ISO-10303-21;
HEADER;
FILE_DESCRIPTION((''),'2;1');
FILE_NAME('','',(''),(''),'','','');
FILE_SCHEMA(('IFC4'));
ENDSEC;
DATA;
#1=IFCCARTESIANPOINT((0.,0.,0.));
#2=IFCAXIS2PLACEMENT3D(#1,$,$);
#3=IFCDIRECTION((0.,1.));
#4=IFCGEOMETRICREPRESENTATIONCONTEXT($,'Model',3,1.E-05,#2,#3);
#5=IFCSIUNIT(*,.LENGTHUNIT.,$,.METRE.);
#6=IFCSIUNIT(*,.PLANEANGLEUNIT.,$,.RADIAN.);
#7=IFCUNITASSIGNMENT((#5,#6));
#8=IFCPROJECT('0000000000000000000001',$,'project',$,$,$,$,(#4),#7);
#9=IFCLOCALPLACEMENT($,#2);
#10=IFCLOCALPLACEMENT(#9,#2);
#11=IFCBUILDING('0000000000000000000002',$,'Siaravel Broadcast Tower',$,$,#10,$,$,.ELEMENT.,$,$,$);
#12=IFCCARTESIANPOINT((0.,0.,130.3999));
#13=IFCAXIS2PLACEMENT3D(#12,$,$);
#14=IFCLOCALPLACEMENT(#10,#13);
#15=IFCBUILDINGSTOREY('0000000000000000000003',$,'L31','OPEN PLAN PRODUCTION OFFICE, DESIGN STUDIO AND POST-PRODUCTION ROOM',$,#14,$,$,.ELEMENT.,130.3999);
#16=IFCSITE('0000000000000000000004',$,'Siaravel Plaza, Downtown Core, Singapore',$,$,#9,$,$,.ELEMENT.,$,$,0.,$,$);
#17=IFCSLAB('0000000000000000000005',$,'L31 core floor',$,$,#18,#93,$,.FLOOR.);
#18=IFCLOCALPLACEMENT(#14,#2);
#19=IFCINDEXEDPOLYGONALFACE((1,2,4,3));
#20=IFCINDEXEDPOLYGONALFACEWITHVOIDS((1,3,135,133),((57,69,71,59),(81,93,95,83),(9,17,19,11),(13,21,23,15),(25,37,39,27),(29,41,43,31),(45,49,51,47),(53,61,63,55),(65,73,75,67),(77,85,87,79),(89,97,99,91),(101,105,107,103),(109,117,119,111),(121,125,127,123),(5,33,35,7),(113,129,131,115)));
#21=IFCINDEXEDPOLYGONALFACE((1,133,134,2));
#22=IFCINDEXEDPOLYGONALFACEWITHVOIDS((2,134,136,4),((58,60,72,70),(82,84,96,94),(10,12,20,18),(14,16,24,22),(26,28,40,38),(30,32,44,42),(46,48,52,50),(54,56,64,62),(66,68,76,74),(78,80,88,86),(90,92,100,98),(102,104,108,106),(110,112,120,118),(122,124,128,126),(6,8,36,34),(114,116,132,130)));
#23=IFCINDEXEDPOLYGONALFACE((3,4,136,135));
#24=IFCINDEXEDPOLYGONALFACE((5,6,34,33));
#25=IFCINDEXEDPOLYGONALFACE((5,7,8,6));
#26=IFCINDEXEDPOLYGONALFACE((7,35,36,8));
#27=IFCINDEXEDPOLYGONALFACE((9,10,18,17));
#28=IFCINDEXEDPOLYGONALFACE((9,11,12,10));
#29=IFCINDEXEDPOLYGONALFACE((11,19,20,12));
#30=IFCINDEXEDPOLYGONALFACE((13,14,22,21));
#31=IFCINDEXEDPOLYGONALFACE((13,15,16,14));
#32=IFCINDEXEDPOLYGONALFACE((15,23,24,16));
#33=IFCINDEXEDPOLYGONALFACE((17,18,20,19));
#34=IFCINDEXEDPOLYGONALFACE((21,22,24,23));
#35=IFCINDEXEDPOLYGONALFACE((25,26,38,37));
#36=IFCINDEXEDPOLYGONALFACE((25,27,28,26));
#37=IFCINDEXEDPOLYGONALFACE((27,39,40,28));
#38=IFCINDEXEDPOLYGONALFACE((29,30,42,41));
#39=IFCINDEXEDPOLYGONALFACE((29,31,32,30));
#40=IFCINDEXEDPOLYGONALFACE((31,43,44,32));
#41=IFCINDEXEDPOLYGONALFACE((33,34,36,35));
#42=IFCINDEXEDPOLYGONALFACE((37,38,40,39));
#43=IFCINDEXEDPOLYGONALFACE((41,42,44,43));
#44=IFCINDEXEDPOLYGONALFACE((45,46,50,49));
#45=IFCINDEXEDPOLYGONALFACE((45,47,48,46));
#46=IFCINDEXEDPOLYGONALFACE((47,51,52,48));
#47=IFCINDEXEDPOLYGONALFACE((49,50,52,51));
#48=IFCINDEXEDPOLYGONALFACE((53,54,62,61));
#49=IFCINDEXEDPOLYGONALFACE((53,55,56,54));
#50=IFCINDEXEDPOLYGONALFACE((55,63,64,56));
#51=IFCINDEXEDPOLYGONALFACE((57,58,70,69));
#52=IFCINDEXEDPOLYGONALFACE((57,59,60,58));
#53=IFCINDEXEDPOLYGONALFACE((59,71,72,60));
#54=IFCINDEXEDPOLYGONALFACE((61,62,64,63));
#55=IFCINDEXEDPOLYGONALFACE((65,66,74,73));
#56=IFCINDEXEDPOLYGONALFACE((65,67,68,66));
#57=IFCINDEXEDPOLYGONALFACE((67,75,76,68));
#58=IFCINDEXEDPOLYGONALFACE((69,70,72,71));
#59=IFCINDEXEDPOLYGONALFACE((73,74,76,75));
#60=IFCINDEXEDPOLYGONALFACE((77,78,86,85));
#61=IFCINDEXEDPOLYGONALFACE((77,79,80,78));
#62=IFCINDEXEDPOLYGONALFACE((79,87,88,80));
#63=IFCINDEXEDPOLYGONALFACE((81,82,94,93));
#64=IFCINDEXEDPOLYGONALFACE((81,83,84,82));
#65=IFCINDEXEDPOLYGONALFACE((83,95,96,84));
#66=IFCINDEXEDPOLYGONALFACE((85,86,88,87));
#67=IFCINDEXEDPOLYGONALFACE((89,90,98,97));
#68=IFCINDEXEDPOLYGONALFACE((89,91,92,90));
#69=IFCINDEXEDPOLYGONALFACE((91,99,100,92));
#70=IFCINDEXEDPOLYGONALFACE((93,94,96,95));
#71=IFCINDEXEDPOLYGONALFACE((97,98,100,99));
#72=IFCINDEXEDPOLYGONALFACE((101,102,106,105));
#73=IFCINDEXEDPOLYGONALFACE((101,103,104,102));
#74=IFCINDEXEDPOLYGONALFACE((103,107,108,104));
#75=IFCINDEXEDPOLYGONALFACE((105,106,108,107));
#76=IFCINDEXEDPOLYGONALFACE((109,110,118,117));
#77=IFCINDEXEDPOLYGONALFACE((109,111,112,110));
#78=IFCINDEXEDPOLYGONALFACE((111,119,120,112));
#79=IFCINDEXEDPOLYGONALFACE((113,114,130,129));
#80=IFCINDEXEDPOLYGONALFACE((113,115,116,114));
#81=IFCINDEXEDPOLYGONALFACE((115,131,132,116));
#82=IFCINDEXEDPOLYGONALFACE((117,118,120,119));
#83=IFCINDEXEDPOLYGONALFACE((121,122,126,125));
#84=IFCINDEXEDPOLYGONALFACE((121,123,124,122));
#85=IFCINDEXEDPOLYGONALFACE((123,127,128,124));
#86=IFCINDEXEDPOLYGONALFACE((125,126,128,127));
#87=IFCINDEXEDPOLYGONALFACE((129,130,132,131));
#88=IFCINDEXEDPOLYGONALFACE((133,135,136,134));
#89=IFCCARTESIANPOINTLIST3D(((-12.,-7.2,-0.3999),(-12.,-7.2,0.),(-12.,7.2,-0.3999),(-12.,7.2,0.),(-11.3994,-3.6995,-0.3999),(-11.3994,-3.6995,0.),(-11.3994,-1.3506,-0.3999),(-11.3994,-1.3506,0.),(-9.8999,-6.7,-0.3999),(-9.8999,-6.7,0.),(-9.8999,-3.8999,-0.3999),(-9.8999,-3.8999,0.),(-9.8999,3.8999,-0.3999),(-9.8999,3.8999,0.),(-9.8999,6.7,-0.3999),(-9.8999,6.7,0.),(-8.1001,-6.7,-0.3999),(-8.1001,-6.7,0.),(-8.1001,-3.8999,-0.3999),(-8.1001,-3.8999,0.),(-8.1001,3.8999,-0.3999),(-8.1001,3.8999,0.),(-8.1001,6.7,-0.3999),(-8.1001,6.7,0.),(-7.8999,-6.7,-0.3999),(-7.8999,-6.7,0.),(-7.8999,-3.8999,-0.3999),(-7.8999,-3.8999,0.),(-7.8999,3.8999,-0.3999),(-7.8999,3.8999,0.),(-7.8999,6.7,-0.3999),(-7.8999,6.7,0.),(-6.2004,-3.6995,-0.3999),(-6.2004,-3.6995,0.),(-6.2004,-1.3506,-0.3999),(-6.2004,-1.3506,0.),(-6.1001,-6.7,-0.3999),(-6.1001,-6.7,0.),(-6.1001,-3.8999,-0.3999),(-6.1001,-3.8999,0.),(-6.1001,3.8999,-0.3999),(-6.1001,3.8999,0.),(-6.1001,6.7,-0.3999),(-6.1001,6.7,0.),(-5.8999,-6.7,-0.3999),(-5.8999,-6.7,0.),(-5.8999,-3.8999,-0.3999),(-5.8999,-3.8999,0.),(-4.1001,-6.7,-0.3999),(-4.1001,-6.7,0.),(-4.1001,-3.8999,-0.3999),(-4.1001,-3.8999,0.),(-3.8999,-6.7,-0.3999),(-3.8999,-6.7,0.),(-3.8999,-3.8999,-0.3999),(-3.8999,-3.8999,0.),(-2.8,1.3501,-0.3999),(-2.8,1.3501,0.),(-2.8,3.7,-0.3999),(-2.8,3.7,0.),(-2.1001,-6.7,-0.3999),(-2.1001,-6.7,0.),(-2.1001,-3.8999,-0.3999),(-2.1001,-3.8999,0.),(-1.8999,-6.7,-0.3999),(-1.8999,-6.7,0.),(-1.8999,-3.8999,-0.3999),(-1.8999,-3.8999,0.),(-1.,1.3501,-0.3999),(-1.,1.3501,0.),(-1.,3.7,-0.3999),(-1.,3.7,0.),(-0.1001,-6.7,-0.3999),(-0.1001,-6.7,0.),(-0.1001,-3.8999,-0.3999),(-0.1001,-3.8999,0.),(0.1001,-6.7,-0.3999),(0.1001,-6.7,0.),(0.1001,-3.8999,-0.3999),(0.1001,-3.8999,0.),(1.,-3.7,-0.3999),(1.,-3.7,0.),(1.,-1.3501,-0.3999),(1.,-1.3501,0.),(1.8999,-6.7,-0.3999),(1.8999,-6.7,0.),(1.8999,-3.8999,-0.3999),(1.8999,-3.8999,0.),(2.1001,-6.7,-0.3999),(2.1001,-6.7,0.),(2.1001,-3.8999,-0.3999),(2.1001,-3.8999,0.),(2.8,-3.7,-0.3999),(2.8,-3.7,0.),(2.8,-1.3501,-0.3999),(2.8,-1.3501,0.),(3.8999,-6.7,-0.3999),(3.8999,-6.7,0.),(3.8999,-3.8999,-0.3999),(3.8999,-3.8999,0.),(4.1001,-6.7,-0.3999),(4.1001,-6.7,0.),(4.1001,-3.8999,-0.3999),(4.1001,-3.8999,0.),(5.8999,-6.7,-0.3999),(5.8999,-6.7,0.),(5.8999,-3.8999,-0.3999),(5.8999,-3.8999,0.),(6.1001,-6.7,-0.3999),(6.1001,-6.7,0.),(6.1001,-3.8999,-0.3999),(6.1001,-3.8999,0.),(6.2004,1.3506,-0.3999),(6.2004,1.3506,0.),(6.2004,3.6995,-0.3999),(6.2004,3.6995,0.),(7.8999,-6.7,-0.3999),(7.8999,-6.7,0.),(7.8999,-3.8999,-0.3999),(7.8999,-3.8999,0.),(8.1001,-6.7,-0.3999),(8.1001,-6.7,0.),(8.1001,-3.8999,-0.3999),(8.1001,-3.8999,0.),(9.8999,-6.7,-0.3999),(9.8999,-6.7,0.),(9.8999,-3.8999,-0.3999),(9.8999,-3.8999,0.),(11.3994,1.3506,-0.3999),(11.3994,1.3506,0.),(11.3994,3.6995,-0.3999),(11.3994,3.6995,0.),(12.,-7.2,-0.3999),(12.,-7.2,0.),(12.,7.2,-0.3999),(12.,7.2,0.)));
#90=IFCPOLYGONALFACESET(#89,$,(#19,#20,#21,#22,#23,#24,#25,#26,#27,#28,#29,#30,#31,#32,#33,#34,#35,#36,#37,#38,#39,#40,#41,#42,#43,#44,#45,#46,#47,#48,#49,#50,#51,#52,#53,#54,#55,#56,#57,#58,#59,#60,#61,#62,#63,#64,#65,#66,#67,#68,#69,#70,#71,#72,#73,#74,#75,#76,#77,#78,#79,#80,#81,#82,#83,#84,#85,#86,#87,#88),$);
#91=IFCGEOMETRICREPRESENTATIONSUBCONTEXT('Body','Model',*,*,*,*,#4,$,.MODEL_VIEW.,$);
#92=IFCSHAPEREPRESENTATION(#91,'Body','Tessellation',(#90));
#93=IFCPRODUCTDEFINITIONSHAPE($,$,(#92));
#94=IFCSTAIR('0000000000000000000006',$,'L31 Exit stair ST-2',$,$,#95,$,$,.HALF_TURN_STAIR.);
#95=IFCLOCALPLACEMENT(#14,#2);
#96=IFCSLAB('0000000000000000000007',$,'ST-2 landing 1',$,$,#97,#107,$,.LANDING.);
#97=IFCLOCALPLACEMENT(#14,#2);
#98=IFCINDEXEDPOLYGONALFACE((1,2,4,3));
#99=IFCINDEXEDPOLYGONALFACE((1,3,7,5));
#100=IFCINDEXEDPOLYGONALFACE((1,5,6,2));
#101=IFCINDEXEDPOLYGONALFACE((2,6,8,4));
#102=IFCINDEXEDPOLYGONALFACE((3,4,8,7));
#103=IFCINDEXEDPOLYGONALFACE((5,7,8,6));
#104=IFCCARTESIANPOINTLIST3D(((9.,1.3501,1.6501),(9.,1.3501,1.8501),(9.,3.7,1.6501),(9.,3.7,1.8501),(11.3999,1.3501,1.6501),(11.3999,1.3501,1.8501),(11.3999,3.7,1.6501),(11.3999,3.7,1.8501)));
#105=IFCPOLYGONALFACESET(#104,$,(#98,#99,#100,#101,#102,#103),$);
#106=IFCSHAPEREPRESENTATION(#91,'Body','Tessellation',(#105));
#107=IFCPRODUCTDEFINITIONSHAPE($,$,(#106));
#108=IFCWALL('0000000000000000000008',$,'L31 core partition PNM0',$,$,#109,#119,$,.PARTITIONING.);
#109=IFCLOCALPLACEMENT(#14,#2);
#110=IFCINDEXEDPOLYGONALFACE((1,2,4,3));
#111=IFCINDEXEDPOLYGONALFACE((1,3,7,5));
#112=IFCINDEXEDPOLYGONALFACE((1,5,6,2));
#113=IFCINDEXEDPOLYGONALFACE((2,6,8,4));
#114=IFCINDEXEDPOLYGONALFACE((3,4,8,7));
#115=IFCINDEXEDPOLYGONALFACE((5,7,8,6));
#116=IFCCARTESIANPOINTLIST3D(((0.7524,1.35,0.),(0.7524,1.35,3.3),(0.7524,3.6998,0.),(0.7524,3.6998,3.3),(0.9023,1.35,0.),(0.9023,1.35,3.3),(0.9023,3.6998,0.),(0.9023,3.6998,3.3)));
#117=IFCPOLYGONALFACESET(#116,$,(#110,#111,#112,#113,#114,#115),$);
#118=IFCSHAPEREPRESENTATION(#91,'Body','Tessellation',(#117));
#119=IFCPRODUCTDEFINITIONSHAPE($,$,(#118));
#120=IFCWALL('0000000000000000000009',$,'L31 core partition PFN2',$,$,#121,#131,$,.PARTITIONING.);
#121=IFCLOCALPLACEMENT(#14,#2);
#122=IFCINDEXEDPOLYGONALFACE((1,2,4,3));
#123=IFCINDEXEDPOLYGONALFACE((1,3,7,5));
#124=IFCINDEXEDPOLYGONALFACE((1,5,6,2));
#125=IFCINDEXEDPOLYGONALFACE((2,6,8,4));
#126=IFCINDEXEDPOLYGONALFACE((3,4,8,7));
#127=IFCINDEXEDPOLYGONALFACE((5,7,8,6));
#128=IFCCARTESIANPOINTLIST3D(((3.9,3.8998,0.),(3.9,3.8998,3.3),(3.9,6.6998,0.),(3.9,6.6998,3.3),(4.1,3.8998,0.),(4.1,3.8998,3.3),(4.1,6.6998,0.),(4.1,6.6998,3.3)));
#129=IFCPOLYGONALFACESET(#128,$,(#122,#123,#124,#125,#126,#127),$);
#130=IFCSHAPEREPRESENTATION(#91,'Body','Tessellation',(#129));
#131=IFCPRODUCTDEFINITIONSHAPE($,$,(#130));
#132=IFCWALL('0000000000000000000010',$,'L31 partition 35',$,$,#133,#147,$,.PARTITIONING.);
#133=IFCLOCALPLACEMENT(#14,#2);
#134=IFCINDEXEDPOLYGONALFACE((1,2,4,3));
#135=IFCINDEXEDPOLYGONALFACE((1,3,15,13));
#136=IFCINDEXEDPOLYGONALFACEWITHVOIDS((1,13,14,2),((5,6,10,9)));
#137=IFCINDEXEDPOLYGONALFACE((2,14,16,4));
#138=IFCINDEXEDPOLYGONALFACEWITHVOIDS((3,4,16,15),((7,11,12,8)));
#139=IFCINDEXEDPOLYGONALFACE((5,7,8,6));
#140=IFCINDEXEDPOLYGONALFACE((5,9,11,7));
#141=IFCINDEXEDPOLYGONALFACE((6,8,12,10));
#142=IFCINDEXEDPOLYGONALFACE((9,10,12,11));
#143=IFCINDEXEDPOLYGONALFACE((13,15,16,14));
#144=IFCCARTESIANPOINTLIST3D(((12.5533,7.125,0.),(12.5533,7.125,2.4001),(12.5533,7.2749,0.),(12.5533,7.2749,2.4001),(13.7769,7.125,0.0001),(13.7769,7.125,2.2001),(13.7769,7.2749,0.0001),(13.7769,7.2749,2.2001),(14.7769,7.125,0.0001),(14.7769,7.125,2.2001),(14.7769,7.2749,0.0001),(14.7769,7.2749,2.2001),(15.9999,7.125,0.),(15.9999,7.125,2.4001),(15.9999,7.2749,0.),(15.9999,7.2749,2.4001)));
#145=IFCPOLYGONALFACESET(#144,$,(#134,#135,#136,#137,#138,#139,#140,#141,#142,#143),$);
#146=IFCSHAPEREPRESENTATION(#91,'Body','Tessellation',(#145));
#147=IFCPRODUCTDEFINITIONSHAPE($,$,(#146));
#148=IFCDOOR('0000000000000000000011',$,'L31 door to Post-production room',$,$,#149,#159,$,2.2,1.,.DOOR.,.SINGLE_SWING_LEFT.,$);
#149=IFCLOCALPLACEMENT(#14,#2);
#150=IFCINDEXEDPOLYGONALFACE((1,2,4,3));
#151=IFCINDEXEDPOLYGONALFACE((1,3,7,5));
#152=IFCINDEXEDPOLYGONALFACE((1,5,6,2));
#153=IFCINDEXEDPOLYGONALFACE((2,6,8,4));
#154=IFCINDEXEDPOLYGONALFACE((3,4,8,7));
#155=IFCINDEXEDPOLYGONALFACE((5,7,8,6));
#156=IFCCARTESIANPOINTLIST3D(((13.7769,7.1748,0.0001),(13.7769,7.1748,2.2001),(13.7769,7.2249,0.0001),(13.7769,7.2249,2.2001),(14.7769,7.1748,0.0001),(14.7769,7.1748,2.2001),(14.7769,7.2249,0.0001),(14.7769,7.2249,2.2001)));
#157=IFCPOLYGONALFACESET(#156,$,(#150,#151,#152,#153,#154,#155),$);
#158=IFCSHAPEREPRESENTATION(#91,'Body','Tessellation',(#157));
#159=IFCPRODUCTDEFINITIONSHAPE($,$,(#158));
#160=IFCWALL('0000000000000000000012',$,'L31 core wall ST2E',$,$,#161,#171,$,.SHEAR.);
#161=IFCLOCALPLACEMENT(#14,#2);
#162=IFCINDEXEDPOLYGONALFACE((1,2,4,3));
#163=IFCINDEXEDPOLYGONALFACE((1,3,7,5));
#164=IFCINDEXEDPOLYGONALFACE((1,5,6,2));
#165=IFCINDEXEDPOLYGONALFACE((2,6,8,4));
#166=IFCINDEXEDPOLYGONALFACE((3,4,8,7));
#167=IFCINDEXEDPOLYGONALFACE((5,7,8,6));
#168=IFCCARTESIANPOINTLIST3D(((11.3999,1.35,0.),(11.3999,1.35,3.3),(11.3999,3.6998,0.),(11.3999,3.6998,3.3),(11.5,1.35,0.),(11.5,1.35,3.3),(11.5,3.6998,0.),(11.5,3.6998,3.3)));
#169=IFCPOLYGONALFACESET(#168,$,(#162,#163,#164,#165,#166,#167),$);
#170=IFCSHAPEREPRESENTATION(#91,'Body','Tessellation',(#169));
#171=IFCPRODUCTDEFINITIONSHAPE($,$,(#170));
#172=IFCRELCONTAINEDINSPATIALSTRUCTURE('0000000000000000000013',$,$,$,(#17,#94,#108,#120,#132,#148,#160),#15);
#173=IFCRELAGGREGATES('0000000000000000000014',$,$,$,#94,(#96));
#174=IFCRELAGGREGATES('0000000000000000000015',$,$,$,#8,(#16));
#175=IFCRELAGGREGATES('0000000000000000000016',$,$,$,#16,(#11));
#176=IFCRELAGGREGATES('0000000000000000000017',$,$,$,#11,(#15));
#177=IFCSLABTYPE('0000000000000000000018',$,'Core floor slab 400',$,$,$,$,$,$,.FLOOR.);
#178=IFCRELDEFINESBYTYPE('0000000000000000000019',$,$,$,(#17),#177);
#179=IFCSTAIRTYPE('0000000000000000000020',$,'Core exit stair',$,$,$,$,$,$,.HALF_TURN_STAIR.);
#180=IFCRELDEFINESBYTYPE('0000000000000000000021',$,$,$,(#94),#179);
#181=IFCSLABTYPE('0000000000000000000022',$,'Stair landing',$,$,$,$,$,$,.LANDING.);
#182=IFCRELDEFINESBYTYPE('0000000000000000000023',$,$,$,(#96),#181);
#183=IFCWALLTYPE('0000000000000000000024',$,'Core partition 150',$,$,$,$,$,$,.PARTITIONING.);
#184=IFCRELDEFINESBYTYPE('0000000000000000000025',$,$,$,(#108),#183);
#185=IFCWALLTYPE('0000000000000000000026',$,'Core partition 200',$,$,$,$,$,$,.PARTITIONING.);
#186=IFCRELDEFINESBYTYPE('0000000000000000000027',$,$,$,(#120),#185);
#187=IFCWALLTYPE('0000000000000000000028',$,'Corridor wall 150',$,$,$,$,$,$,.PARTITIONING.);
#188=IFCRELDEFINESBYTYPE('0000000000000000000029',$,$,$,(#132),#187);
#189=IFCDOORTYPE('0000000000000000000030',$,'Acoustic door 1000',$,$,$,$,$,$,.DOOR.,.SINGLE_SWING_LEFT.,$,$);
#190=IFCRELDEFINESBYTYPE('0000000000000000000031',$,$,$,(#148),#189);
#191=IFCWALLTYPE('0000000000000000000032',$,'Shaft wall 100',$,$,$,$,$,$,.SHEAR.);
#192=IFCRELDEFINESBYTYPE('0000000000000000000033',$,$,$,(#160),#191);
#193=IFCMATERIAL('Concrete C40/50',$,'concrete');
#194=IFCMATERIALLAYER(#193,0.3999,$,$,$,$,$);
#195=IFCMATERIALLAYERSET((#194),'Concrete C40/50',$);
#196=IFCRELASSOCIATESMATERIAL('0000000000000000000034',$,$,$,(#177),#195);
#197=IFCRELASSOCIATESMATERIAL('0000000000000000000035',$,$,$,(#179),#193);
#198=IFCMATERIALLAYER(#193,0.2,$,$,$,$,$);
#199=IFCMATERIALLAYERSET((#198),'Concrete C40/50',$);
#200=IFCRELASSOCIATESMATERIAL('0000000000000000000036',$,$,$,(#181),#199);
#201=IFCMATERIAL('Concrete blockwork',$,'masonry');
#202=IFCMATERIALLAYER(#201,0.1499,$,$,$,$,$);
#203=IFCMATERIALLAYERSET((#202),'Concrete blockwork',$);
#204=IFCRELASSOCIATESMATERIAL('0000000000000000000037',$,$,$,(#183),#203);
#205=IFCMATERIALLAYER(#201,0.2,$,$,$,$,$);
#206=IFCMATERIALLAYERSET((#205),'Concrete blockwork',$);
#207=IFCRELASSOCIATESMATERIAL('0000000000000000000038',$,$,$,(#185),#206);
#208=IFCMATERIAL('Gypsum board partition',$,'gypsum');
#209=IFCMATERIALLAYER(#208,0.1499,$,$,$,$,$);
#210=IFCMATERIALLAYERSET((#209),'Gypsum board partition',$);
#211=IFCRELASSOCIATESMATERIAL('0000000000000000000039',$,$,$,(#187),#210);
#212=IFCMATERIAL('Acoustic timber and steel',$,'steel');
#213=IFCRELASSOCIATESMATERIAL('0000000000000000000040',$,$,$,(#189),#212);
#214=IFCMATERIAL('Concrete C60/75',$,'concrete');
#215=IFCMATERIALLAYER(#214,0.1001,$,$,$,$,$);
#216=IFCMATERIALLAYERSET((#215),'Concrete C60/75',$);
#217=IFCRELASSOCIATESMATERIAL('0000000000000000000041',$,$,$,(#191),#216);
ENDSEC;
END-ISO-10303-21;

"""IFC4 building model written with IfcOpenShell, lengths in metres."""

from ifc_helpers import new_model, si_unit, direction, frame, frame_2d, origin, place, context, subcontext, project, spatial, polyline, rectangle, outline, extrude, material, layer, layer_set, type_object, element, fill, aggregate, save


model = new_model("IFC4")

# Units and contexts
model_context = context("Model", 3, precision=1e-05, world=origin(), true_north=direction((0.0, 1.0)))
body_context = subcontext(model_context, "Body", "Model", "MODEL_VIEW")
ifc_project = project(units=[si_unit("LENGTHUNIT", "METRE"), si_unit("PLANEANGLEUNIT", "RADIAN")], contexts=[model_context])

# Site, building, storey
site_placement = place(None, origin())
site = spatial("IfcSite", under=ifc_project, at=site_placement, Name="Siaravel Plaza, Downtown Core, Singapore", CompositionType="ELEMENT", RefElevation=0.0)
building_placement = place(site_placement, origin())
building = spatial("IfcBuilding", under=site, at=building_placement, Name="Siaravel Broadcast Tower", CompositionType="ELEMENT")
storey_placement = place(building_placement, frame((0.0, 0.0, 130.3999)))
storey = spatial("IfcBuildingStorey", under=building, at=storey_placement, Name="L31", Description="OPEN PLAN PRODUCTION OFFICE, DESIGN STUDIO AND POST-PRODUCTION ROOM", CompositionType="ELEMENT", Elevation=130.3999)

# Shared definitions
ifc_material_1 = material(Name="Concrete C60/75", Category="concrete")

# Slab
ifc_material_2 = material(Name="Concrete C40/50", Category="concrete")
ifc_layer_1 = layer(ifc_material_2, 0.3999)
ifc_layer_set_1 = layer_set([ifc_layer_1], Name="Concrete C40/50")
slab_type_1 = type_object("IfcSlabType", Name="Core floor slab 400", PredefinedType="FLOOR", material=ifc_layer_set_1)
slab_1_placement = place(storey_placement, frame((0.0, 0.0, -0.3999)))
element("IfcSlab", 1, at=slab_1_placement, inside=storey, type_object=slab_type_1, Name="L31 core floor", PredefinedType="FLOOR", context=body_context, shape_type="SweptSolid", body=[
    extrude(outline(polyline([(-12.0, -7.2), (-12.0, 7.2), (12.0, 7.2), (12.0, -7.2), (-12.0, -7.2)]), holes=[polyline([(11.3994, 1.3506), (11.3994, 3.6995), (6.2004, 3.6995), (6.2004, 1.3506), (11.3994, 1.3506)]), polyline([(9.8999, -3.8999), (8.1001, -3.8999), (8.1001, -6.7), (9.8999, -6.7), (9.8999, -3.8999)]), polyline([(7.8999, -3.8999), (6.1001, -3.8999), (6.1001, -6.7), (7.8999, -6.7), (7.8999, -3.8999)]), polyline([(5.8999, -3.8999), (4.1001, -3.8999), (4.1001, -6.7), (5.8999, -6.7), (5.8999, -3.8999)]), polyline([(3.8999, -3.8999), (2.1001, -3.8999), (2.1001, -6.7), (3.8999, -6.7), (3.8999, -3.8999)]), polyline([(2.8, -1.3501), (1.0, -1.3501), (1.0, -3.7), (2.8, -3.7), (2.8, -1.3501)]), polyline([(1.8999, -3.8999), (0.1001, -3.8999), (0.1001, -6.7), (1.8999, -6.7), (1.8999, -3.8999)]), polyline([(-0.1001, -3.8999), (-1.8999, -3.8999), (-1.8999, -6.7), (-0.1001, -6.7), (-0.1001, -3.8999)]), polyline([(-1.0, 3.7), (-2.8, 3.7), (-2.8, 1.3501), (-1.0, 1.3501), (-1.0, 3.7)]), polyline([(-2.1001, -3.8999), (-3.8999, -3.8999), (-3.8999, -6.7), (-2.1001, -6.7), (-2.1001, -3.8999)]), polyline([(-4.1001, -3.8999), (-5.8999, -3.8999), (-5.8999, -6.7), (-4.1001, -6.7), (-4.1001, -3.8999)]), polyline([(-6.1001, -3.8999), (-7.8999, -3.8999), (-7.8999, -6.7), (-6.1001, -6.7), (-6.1001, -3.8999)]), polyline([(-6.1001, 6.7), (-7.8999, 6.7), (-7.8999, 3.8999), (-6.1001, 3.8999), (-6.1001, 6.7)]), polyline([(-11.3994, -1.3506), (-11.3994, -3.6995), (-6.2004, -3.6995), (-6.2004, -1.3506), (-11.3994, -1.3506)]), polyline([(-8.1001, -3.8999), (-9.8999, -3.8999), (-9.8999, -6.7), (-8.1001, -6.7), (-8.1001, -3.8999)]), polyline([(-8.1001, 6.7), (-9.8999, 6.7), (-9.8999, 3.8999), (-8.1001, 3.8999), (-8.1001, 6.7)])]), origin(), (0.0, 0.0, 1.0), 0.3999),
])

# Stair, slab
stair_type = type_object("IfcStairType", Name="Core exit stair", PredefinedType="HALF_TURN_STAIR", material=ifc_material_2)
stair_placement = place(storey_placement, origin())
stair = element("IfcStair", 2, at=stair_placement, inside=storey, type_object=stair_type, Name="L31 Exit stair ST-2", PredefinedType="HALF_TURN_STAIR")
ifc_layer_2 = layer(ifc_material_2, 0.2)
ifc_layer_set_2 = layer_set([ifc_layer_2], Name="Concrete C40/50")
slab_type_2 = type_object("IfcSlabType", Name="Stair landing", PredefinedType="LANDING", material=ifc_layer_set_2)
slab_2_placement = place(storey_placement, frame((0.0, 0.0, 1.6501)))
slab_2 = element("IfcSlab", 3, at=slab_2_placement, type_object=slab_type_2, Name="ST-2 landing 1", PredefinedType="LANDING", context=body_context, shape_type="SweptSolid", body=[
    extrude(outline(polyline([(9.0, 1.3501), (11.3999, 1.3501), (11.3999, 3.7), (9.0, 3.7), (9.0, 1.3501)])), origin(), (0.0, 0.0, 1.0), 0.2),
])

# Walls
ifc_material_3 = material(Name="Concrete blockwork", Category="masonry")
ifc_layer_3 = layer(ifc_material_3, 0.1499)
ifc_layer_set_3 = layer_set([ifc_layer_3], Name="Concrete blockwork")
wall_type_1 = type_object("IfcWallType", Name="Core partition 150", PredefinedType="PARTITIONING", material=ifc_layer_set_3)
wall_1_placement = place(storey_placement, frame((0.8274, 1.3501, 0.0), z_axis=(0.0, 0.0, 1.0), x_axis=(0.0, 1.0, 0.0)))
element("IfcWall", 4, at=wall_1_placement, inside=storey, type_object=wall_type_1, Name="L31 core partition PNM0", PredefinedType="PARTITIONING", context=body_context, shape_type="SweptSolid", body=[
    extrude(rectangle(XDim=2.3499, YDim=0.1499, at=frame_2d((1.1748, 0.0))), origin(), (0.0, 0.0, 1.0), 3.3),
])
ifc_layer_4 = layer(ifc_material_3, 0.2)
ifc_layer_set_4 = layer_set([ifc_layer_4], Name="Concrete blockwork")
wall_type_2 = type_object("IfcWallType", Name="Core partition 200", PredefinedType="PARTITIONING", material=ifc_layer_set_4)
wall_2_placement = place(storey_placement, frame((4.0, 3.8999, 0.0), z_axis=(0.0, 0.0, 1.0), x_axis=(0.0, 1.0, 0.0)))
element("IfcWall", 5, at=wall_2_placement, inside=storey, type_object=wall_type_2, Name="L31 core partition PFN2", PredefinedType="PARTITIONING", context=body_context, shape_type="SweptSolid", body=[
    extrude(rectangle(XDim=2.8, YDim=0.2, at=frame_2d((1.3999, 0.0))), origin(), (0.0, 0.0, 1.0), 3.3),
])

# Wall, opening, door
ifc_material_4 = material(Name="Gypsum board partition", Category="gypsum")
ifc_layer_5 = layer(ifc_material_4, 0.1499)
ifc_layer_set_5 = layer_set([ifc_layer_5], Name="Gypsum board partition")
wall_type_3 = type_object("IfcWallType", Name="Corridor wall 150", PredefinedType="PARTITIONING", material=ifc_layer_set_5)
wall_3_placement = place(storey_placement, frame((12.5535, 7.2, 0.0), z_axis=(0.0, 0.0, 1.0), x_axis=(1.0, 0.0, 0.0)))
wall_3 = element("IfcWall", 6, at=wall_3_placement, inside=storey, type_object=wall_type_3, Name="L31 partition 35", PredefinedType="PARTITIONING", context=body_context, shape_type="SweptSolid", body=[
    extrude(rectangle(XDim=3.4465, YDim=0.1499, at=frame_2d((1.7231, 0.0))), origin(), (0.0, 0.0, 1.0), 2.4001),
])
opening_1_placement = place(wall_3_placement, frame((1.2234, 0.0, 0.0)))
opening_1 = element("IfcOpeningElement", 7, at=opening_1_placement, cuts=wall_3, PredefinedType="OPENING", context=body_context, shape_type="SweptSolid", body=[
    extrude(rectangle(XDim=1.0, YDim=2.2, at=frame_2d((0.5, 1.1001))), frame((0.0, 0.085, 0.0), z_axis=(0.0, -1.0, 0.0), x_axis=(1.0, 0.0, 0.0)), (0.0, 0.0, 1.0), 0.1699),
])
ifc_material_5 = material(Name="Acoustic timber and steel", Category="steel")
door_type_1 = type_object("IfcDoorType", Name="Acoustic door 1000", OperationType="SINGLE_SWING_LEFT", PredefinedType="DOOR", material=ifc_material_5)
door_1_placement = place(opening_1_placement, origin())
door_1 = element("IfcDoor", 8, at=door_1_placement, inside=storey, type_object=door_type_1, Name="L31 door to Post-production room", OperationType="SINGLE_SWING_LEFT", OverallHeight=2.2, OverallWidth=1.0, PredefinedType="DOOR", context=body_context, shape_type="SweptSolid", body=[
    extrude(rectangle(XDim=1.0, YDim=2.2, at=frame_2d((0.5, 1.1001))), frame((0.0, 0.0249, 0.0), z_axis=(0.0, -1.0, 0.0), x_axis=(1.0, 0.0, 0.0)), (0.0, 0.0, 1.0), 0.05),
])
fill(opening_1, door_1)

# Wall
ifc_layer_6 = layer(ifc_material_1, 0.1001)
ifc_layer_set_6 = layer_set([ifc_layer_6], Name="Concrete C60/75")
wall_type_4 = type_object("IfcWallType", Name="Shaft wall 100", PredefinedType="SHEAR", material=ifc_layer_set_6)
wall_4_placement = place(storey_placement, frame((11.45, 1.3501, 0.0), z_axis=(0.0, 0.0, 1.0), x_axis=(0.0, 1.0, 0.0)))
element("IfcWall", 9, at=wall_4_placement, inside=storey, type_object=wall_type_4, Name="L31 core wall ST2E", PredefinedType="SHEAR", context=body_context, shape_type="SweptSolid", body=[
    extrude(rectangle(XDim=2.3499, YDim=0.1001, at=frame_2d((1.1748, 0.0))), origin(), (0.0, 0.0, 1.0), 3.3),
])

aggregate(stair, [slab_2])

save(model, "model.ifc")
